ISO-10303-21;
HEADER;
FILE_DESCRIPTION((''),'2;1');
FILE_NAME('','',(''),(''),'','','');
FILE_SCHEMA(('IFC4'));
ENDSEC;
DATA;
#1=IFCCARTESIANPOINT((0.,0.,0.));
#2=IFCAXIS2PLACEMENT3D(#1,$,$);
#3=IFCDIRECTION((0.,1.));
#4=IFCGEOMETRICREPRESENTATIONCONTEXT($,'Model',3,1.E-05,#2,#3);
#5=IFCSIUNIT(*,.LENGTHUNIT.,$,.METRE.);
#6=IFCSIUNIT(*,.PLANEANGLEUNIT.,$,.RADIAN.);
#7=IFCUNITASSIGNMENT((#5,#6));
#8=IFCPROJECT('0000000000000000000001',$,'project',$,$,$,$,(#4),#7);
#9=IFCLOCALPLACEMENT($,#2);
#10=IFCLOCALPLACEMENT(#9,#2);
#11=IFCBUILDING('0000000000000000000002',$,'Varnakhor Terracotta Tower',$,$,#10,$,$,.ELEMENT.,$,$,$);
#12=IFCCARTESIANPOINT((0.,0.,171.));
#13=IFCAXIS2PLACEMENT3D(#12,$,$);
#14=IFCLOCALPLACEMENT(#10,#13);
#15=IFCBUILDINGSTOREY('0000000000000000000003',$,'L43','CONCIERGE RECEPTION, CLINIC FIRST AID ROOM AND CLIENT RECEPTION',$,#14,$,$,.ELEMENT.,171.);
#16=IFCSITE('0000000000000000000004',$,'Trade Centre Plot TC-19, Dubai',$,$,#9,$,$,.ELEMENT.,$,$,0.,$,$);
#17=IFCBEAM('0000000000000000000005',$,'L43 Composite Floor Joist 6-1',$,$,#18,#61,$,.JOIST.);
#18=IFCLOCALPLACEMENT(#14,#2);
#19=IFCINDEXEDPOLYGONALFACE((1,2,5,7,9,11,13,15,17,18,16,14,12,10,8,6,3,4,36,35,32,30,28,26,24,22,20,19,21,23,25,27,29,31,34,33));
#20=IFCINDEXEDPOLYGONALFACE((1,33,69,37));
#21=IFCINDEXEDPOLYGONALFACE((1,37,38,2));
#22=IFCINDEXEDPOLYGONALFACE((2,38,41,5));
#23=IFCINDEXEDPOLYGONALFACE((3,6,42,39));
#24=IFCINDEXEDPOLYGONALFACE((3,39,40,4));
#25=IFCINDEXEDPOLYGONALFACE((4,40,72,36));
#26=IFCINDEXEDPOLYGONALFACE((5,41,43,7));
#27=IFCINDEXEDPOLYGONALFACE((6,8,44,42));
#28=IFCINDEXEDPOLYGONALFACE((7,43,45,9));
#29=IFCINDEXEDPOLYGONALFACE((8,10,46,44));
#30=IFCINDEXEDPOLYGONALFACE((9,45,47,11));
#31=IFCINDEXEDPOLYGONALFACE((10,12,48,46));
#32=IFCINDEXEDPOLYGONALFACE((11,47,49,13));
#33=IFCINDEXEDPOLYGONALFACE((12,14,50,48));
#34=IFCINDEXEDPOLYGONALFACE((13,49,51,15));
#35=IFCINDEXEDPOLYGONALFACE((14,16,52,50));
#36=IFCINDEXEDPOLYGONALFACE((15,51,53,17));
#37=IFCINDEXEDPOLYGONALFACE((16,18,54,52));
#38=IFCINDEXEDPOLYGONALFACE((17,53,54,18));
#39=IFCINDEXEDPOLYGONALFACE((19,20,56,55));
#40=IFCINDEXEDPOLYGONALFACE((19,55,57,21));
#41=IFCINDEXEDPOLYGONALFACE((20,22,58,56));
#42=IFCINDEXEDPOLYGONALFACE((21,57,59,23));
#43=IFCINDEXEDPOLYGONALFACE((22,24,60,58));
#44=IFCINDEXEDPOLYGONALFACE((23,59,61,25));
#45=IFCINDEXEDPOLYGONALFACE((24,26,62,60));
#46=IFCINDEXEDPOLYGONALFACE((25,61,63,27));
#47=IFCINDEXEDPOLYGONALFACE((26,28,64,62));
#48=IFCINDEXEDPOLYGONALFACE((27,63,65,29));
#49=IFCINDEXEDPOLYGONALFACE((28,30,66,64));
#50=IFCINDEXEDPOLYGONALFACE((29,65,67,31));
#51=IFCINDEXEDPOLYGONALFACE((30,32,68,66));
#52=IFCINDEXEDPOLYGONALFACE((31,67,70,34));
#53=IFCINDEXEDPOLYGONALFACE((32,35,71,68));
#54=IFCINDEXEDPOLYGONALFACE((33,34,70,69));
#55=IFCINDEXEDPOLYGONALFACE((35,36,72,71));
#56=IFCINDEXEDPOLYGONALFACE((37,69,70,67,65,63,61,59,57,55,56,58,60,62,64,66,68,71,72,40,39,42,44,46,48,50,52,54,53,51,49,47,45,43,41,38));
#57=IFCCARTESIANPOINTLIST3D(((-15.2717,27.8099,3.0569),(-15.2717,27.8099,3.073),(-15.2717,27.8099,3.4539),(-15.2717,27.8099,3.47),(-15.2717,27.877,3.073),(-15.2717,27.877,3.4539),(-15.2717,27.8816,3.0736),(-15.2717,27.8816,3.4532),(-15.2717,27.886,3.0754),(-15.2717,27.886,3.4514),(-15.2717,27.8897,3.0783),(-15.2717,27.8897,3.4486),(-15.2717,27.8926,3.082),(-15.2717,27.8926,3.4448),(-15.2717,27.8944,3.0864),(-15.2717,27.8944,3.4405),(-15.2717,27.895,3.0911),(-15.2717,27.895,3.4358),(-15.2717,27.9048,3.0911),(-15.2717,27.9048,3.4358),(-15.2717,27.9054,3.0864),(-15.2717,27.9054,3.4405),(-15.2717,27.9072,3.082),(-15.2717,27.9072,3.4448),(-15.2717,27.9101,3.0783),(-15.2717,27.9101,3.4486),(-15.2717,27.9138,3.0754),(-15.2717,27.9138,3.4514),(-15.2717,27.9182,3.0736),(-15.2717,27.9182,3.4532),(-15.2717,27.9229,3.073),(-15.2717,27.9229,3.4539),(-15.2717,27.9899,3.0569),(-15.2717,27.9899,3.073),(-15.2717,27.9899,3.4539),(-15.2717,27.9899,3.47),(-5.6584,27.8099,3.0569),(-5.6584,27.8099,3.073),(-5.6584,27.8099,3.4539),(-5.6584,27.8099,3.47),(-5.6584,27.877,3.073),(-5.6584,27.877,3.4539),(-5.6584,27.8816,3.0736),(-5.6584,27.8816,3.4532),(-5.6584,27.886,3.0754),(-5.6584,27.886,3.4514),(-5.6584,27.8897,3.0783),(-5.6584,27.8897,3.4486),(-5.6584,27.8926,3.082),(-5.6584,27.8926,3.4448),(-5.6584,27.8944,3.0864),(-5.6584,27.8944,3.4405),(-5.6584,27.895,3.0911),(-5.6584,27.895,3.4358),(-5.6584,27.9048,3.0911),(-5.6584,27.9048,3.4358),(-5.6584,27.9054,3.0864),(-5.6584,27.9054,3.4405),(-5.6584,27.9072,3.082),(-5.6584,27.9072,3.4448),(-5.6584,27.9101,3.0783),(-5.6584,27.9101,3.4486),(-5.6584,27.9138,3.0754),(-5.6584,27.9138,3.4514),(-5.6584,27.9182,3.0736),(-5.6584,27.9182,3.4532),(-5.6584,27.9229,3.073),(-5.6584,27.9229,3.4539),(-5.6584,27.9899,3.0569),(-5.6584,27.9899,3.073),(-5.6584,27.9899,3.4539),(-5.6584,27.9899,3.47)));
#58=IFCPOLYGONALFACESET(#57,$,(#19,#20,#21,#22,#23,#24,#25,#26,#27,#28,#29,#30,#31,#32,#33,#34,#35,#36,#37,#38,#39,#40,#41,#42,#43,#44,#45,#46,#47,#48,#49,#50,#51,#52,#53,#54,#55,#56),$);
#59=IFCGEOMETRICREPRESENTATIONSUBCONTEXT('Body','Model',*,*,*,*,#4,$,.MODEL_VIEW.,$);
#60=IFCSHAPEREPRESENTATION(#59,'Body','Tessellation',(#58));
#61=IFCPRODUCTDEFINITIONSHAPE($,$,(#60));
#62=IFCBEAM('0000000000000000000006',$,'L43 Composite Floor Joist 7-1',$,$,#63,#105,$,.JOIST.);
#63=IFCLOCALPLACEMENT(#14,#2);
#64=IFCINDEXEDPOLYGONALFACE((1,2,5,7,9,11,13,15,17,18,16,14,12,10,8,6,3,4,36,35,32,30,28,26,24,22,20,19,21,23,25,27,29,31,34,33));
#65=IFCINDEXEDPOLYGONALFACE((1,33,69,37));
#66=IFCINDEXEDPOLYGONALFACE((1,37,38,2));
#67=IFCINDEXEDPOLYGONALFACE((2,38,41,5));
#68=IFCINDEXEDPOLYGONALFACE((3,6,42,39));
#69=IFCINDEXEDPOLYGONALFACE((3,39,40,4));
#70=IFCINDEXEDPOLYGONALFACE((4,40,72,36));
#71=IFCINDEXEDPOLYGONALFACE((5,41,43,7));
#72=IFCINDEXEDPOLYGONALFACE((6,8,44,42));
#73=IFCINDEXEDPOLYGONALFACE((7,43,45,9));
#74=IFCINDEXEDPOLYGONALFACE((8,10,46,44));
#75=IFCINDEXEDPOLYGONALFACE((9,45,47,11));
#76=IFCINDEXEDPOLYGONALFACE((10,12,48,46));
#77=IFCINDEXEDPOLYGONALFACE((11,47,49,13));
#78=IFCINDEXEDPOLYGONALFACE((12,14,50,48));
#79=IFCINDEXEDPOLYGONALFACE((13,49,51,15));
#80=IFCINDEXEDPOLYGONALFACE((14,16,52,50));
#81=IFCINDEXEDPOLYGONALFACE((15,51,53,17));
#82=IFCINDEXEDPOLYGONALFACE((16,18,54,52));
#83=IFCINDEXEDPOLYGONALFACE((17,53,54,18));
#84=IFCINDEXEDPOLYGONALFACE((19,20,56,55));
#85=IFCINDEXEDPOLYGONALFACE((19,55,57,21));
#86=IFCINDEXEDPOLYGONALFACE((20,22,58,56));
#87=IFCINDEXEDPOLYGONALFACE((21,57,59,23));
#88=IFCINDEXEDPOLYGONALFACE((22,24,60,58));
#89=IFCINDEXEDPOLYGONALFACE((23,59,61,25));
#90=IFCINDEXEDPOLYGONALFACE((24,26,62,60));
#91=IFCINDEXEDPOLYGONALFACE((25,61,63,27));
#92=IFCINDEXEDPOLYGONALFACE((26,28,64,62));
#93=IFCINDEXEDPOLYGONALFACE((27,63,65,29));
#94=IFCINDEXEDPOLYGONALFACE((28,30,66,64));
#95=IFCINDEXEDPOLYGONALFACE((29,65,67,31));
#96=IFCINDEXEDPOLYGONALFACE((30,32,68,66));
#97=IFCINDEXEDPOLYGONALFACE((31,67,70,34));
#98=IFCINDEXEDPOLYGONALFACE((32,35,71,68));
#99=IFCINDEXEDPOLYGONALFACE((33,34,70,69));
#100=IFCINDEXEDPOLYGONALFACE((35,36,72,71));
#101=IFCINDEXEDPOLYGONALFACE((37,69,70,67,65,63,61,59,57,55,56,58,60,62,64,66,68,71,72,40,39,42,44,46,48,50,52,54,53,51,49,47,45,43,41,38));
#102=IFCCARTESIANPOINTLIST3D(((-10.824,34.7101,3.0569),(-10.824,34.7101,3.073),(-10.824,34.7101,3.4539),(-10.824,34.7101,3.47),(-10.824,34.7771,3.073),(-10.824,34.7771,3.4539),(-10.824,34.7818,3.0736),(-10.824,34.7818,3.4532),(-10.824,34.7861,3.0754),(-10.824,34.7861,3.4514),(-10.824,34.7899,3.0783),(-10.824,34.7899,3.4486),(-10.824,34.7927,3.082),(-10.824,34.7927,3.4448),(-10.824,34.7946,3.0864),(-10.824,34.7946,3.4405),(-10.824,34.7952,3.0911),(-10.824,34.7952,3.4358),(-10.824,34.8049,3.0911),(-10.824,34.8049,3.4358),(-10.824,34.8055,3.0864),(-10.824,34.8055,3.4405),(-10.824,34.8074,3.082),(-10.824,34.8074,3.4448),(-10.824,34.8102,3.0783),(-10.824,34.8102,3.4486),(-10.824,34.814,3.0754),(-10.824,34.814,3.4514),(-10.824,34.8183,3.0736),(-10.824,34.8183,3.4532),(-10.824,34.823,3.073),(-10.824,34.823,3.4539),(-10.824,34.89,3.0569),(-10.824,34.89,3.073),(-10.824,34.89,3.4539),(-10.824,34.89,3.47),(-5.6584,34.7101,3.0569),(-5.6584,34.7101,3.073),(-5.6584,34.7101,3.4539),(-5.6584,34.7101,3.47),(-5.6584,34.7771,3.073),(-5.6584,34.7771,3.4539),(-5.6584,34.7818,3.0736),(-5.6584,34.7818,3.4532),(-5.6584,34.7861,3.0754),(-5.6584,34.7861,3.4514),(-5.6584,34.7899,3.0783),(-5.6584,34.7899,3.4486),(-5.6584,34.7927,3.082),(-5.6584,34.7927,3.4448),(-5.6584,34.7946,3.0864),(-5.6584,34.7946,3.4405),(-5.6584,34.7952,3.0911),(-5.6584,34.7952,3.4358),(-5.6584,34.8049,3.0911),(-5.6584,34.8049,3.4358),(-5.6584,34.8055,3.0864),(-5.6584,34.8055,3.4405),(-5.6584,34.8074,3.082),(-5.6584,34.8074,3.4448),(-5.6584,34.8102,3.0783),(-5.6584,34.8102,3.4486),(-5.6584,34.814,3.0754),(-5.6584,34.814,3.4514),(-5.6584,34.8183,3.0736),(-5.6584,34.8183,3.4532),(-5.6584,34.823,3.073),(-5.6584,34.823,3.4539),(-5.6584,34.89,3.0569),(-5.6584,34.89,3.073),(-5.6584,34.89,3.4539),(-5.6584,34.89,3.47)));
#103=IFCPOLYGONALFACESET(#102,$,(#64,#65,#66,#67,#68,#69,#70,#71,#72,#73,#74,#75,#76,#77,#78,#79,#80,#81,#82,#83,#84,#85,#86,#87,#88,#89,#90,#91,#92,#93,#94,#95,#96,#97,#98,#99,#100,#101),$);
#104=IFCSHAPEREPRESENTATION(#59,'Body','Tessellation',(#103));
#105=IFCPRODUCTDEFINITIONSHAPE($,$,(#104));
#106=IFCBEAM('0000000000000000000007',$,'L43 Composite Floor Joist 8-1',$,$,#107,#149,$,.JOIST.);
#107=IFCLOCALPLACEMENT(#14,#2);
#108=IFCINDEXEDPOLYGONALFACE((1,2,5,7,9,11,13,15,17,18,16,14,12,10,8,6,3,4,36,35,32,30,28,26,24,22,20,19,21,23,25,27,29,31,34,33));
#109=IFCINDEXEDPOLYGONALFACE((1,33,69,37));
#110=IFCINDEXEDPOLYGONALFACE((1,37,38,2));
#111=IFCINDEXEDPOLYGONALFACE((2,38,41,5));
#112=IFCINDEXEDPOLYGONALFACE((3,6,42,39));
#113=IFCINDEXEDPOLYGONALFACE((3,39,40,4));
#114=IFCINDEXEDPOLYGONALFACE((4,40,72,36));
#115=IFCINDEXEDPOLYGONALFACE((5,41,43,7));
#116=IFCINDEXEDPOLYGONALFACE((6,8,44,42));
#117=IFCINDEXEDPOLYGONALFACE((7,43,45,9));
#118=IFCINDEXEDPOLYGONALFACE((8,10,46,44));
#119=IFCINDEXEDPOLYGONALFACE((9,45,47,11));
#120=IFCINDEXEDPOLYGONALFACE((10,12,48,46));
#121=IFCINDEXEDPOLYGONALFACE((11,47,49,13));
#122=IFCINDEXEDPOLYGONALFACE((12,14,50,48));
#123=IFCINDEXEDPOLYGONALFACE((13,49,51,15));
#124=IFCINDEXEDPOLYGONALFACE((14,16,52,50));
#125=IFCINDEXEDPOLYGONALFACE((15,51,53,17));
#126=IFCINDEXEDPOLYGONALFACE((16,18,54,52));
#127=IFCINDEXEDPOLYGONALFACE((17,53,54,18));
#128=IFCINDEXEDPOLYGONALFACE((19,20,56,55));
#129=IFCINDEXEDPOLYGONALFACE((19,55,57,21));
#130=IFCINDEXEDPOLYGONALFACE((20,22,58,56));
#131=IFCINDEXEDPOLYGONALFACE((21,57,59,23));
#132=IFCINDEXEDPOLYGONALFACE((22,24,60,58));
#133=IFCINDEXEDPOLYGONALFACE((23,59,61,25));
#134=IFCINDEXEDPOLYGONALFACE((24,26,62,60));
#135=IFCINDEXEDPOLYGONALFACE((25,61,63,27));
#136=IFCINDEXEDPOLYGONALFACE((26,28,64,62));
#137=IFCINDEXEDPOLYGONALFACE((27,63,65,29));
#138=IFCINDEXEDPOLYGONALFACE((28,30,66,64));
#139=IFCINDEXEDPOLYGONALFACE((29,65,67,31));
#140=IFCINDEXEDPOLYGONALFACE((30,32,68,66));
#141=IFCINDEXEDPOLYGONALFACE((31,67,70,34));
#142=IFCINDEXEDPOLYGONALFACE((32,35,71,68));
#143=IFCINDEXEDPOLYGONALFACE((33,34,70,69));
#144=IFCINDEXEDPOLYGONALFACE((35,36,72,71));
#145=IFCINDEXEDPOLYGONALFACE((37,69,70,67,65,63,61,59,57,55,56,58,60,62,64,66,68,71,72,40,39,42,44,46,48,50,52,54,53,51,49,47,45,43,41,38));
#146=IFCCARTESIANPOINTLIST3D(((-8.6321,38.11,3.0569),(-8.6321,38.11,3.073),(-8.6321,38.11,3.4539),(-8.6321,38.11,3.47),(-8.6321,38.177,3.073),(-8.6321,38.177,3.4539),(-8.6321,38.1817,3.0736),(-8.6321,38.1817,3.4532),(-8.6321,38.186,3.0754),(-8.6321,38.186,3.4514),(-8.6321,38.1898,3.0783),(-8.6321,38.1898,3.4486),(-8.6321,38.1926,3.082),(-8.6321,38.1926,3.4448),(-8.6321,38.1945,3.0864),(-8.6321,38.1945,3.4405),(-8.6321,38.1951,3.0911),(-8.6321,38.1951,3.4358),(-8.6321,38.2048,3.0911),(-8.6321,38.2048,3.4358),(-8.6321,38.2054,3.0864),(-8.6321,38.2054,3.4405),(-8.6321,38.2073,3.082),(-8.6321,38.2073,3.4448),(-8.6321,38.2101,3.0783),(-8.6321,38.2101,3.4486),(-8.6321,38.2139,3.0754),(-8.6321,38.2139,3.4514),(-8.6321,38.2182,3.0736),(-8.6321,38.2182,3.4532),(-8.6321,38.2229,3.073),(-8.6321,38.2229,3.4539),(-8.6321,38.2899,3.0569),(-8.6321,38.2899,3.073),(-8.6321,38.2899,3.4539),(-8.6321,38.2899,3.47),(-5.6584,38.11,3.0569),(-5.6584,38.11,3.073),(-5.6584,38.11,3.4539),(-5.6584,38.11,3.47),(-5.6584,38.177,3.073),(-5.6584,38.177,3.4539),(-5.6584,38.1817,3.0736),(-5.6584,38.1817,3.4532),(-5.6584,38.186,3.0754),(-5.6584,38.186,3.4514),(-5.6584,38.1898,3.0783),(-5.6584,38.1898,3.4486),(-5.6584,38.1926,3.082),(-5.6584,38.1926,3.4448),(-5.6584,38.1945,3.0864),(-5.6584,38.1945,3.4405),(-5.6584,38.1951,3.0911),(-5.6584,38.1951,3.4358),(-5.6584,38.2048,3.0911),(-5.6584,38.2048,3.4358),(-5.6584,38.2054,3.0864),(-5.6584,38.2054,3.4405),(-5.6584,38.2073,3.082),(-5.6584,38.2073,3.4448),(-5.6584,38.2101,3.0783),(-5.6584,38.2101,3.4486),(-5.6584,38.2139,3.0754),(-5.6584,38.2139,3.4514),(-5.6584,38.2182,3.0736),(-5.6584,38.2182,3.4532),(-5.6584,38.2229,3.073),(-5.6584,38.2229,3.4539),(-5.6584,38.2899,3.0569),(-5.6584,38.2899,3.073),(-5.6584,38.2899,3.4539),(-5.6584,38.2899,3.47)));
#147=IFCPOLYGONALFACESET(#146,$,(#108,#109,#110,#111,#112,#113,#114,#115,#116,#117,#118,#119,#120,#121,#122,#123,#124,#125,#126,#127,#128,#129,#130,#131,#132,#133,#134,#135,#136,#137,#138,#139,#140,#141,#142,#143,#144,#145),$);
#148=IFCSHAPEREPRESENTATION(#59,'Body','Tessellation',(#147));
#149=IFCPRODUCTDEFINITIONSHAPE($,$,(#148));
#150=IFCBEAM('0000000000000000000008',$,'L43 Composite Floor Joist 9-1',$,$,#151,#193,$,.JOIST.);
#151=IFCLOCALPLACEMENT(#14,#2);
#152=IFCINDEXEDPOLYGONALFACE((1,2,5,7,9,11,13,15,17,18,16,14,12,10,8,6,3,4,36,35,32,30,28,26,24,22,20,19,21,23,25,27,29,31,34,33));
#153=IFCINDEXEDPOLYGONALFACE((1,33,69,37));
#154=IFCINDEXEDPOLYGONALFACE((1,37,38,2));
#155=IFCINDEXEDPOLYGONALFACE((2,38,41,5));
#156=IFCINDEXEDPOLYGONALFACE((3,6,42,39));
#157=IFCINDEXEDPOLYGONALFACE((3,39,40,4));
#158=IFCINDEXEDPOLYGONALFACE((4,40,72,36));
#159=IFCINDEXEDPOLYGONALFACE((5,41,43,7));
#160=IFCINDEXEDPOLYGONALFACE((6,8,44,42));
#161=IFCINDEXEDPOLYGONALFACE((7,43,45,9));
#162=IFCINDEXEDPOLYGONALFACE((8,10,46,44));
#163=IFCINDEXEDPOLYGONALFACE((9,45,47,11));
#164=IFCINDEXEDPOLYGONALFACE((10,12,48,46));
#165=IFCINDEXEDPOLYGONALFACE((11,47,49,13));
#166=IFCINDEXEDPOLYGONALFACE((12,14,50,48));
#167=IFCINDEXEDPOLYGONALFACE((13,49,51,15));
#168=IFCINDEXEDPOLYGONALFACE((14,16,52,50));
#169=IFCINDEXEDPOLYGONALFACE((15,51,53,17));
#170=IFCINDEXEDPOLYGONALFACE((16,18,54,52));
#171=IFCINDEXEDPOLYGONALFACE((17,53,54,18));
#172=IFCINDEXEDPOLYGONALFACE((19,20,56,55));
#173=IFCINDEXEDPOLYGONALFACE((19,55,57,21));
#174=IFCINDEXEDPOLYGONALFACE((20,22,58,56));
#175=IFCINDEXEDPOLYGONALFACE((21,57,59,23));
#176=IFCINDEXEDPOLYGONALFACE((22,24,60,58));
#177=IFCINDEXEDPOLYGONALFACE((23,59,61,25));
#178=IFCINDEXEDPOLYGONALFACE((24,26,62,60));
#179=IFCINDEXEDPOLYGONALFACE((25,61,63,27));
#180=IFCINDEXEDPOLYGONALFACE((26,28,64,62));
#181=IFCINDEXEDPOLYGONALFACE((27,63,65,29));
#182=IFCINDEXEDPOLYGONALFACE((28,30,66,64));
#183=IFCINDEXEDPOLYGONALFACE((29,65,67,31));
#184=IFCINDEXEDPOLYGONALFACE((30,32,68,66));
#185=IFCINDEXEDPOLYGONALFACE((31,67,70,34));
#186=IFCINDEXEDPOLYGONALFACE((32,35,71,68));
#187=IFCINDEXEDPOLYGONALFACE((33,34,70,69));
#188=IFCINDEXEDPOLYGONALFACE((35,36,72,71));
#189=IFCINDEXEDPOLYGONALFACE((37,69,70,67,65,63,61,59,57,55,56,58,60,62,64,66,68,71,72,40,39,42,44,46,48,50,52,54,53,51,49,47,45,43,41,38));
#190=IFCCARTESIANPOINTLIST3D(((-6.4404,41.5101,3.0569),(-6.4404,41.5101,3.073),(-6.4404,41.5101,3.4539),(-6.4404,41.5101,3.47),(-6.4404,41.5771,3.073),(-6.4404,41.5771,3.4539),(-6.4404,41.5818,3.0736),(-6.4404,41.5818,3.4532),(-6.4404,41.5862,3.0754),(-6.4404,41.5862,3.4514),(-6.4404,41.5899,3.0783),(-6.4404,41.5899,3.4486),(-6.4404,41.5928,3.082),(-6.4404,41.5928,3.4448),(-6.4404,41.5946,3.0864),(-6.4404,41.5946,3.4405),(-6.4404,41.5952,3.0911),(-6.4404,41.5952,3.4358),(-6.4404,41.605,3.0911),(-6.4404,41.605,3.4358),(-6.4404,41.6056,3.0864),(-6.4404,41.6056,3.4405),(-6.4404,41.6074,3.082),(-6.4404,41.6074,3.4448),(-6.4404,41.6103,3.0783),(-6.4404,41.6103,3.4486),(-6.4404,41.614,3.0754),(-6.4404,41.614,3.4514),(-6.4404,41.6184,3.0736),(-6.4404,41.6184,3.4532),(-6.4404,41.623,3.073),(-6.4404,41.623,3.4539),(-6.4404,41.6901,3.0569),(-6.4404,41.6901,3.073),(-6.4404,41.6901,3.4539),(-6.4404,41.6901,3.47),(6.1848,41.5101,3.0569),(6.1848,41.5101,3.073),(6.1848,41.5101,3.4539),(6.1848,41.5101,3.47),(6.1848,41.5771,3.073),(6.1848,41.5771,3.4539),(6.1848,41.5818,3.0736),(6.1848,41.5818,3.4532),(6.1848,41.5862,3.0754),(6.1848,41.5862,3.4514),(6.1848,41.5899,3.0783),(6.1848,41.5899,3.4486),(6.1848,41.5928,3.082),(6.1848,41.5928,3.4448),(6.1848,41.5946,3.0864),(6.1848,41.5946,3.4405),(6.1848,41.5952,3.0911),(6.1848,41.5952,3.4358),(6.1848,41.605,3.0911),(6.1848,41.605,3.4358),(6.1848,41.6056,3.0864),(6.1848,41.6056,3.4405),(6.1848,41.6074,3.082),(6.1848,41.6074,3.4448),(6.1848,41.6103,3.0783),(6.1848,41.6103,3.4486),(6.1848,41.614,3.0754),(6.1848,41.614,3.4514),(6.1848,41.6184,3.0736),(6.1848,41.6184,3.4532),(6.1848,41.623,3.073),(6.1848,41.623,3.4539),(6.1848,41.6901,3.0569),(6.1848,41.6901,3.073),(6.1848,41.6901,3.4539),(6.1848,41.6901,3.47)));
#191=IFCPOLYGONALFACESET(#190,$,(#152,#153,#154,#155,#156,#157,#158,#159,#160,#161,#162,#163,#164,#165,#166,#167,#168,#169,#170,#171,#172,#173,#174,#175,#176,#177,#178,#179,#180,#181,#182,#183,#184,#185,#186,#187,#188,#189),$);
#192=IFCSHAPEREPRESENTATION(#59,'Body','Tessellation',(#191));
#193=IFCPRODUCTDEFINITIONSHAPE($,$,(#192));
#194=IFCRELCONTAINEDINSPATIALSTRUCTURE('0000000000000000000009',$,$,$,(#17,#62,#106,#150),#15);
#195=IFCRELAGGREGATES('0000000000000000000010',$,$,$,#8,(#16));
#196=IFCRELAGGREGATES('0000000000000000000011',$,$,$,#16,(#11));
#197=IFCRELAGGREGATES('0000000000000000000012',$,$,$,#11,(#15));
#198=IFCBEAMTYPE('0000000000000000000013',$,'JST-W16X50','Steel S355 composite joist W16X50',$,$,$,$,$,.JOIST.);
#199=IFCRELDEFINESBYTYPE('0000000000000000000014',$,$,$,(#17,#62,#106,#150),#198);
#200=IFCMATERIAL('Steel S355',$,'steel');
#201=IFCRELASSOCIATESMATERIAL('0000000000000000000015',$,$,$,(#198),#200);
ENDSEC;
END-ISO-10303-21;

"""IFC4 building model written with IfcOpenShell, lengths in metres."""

from ifc_helpers import new_model, si_unit, direction, frame, origin, origin_2d, place, context, subcontext, project, spatial, i_section, extrude, source, transform, mapped, material, material_profile, profile_set, type_object, element, save


model = new_model("IFC4")

# Units and contexts
model_context = context("Model", 3, precision=1e-05, world=origin(), true_north=direction((0.0, 1.0)))
body_context = subcontext(model_context, "Body", "Model", "MODEL_VIEW")
ifc_project = project(units=[si_unit("LENGTHUNIT", "METRE"), si_unit("PLANEANGLEUNIT", "RADIAN")], contexts=[model_context])

# Site, building, storey
site_placement = place(None, origin())
site = spatial("IfcSite", under=ifc_project, at=site_placement, Name="Trade Centre Plot TC-19, Dubai", CompositionType="ELEMENT", RefElevation=0.0)
building_placement = place(site_placement, origin())
building = spatial("IfcBuilding", under=site, at=building_placement, Name="Varnakhor Terracotta Tower", CompositionType="ELEMENT")
storey_placement = place(building_placement, frame((0.0, 0.0, 171.0)))
storey = spatial("IfcBuildingStorey", under=building, at=storey_placement, Name="L43", Description="CONCIERGE RECEPTION, CLINIC FIRST AID ROOM AND CLIENT RECEPTION", CompositionType="ELEMENT", Elevation=171.0)

# Beams
ifc_material_1 = material(Name="Steel S355", Category="steel")
ifc_material_profile_1 = material_profile(ifc_material_1, i_section(OverallWidth=0.1799, OverallDepth=0.4131, WebThickness=0.0098, FlangeThickness=0.0161, FilletRadius=0.0181, at=origin_2d()), Name="W16X50")
ifc_profile_set_1 = profile_set([ifc_material_profile_1], Name="Steel S355")
beam_type_1 = type_object("IfcBeamType", Name="JST-W16X50", Description="Steel S355 composite joist W16X50", PredefinedType="JOIST", material=ifc_profile_set_1)
shared_shape_1 = source(origin(), body_context, "Body", "SweptSolid", [
    extrude(i_section(OverallWidth=0.1799, OverallDepth=0.4131, WebThickness=0.0098, FlangeThickness=0.0161, FilletRadius=0.0181, at=origin_2d()), origin(), (0.0, 0.0, 1.0), 9.6133),
])
beam_1_placement = place(storey_placement, frame((-15.2717, 27.8999, 3.2634), z_axis=(1.0, 0.0, 0.0), x_axis=(0.0, 1.0, 0.0)))
element("IfcBeam", 1, at=beam_1_placement, inside=storey, type_object=beam_type_1, Name="L43 Composite Floor Joist 6-1", PredefinedType="JOIST", context=body_context, shape_type="MappedRepresentation", body=[
    mapped(shared_shape_1, transform((0.0, 0.0, 0.0), scale=1.0)),
])
shared_shape_2 = source(origin(), body_context, "Body", "SweptSolid", [
    extrude(i_section(OverallWidth=0.1799, OverallDepth=0.4131, WebThickness=0.0098, FlangeThickness=0.0161, FilletRadius=0.0181, at=origin_2d()), origin(), (0.0, 0.0, 1.0), 5.1655),
])
beam_2_placement = place(storey_placement, frame((-10.824, 34.8, 3.2634), z_axis=(1.0, 0.0, 0.0), x_axis=(0.0, 1.0, 0.0)))
element("IfcBeam", 2, at=beam_2_placement, inside=storey, type_object=beam_type_1, Name="L43 Composite Floor Joist 7-1", PredefinedType="JOIST", context=body_context, shape_type="MappedRepresentation", body=[
    mapped(shared_shape_2, transform((0.0, 0.0, 0.0), scale=1.0)),
])
shared_shape_3 = source(origin(), body_context, "Body", "SweptSolid", [
    extrude(i_section(OverallWidth=0.1799, OverallDepth=0.4131, WebThickness=0.0098, FlangeThickness=0.0161, FilletRadius=0.0181, at=origin_2d()), origin(), (0.0, 0.0, 1.0), 2.9736),
])
beam_3_placement = place(storey_placement, frame((-8.6321, 38.2, 3.2634), z_axis=(1.0, 0.0, 0.0), x_axis=(0.0, 1.0, 0.0)))
element("IfcBeam", 3, at=beam_3_placement, inside=storey, type_object=beam_type_1, Name="L43 Composite Floor Joist 8-1", PredefinedType="JOIST", context=body_context, shape_type="MappedRepresentation", body=[
    mapped(shared_shape_3, transform((0.0, 0.0, 0.0), scale=1.0)),
])
shared_shape_4 = source(origin(), body_context, "Body", "SweptSolid", [
    extrude(i_section(OverallWidth=0.1799, OverallDepth=0.4131, WebThickness=0.0098, FlangeThickness=0.0161, FilletRadius=0.0181, at=origin_2d()), origin(), (0.0, 0.0, 1.0), 12.6252),
])
beam_4_placement = place(storey_placement, frame((-6.4404, 41.6001, 3.2634), z_axis=(1.0, 0.0, 0.0), x_axis=(0.0, 1.0, 0.0)))
element("IfcBeam", 4, at=beam_4_placement, inside=storey, type_object=beam_type_1, Name="L43 Composite Floor Joist 9-1", PredefinedType="JOIST", context=body_context, shape_type="MappedRepresentation", body=[
    mapped(shared_shape_4, transform((0.0, 0.0, 0.0), scale=1.0)),
])

save(model, "model.ifc")
